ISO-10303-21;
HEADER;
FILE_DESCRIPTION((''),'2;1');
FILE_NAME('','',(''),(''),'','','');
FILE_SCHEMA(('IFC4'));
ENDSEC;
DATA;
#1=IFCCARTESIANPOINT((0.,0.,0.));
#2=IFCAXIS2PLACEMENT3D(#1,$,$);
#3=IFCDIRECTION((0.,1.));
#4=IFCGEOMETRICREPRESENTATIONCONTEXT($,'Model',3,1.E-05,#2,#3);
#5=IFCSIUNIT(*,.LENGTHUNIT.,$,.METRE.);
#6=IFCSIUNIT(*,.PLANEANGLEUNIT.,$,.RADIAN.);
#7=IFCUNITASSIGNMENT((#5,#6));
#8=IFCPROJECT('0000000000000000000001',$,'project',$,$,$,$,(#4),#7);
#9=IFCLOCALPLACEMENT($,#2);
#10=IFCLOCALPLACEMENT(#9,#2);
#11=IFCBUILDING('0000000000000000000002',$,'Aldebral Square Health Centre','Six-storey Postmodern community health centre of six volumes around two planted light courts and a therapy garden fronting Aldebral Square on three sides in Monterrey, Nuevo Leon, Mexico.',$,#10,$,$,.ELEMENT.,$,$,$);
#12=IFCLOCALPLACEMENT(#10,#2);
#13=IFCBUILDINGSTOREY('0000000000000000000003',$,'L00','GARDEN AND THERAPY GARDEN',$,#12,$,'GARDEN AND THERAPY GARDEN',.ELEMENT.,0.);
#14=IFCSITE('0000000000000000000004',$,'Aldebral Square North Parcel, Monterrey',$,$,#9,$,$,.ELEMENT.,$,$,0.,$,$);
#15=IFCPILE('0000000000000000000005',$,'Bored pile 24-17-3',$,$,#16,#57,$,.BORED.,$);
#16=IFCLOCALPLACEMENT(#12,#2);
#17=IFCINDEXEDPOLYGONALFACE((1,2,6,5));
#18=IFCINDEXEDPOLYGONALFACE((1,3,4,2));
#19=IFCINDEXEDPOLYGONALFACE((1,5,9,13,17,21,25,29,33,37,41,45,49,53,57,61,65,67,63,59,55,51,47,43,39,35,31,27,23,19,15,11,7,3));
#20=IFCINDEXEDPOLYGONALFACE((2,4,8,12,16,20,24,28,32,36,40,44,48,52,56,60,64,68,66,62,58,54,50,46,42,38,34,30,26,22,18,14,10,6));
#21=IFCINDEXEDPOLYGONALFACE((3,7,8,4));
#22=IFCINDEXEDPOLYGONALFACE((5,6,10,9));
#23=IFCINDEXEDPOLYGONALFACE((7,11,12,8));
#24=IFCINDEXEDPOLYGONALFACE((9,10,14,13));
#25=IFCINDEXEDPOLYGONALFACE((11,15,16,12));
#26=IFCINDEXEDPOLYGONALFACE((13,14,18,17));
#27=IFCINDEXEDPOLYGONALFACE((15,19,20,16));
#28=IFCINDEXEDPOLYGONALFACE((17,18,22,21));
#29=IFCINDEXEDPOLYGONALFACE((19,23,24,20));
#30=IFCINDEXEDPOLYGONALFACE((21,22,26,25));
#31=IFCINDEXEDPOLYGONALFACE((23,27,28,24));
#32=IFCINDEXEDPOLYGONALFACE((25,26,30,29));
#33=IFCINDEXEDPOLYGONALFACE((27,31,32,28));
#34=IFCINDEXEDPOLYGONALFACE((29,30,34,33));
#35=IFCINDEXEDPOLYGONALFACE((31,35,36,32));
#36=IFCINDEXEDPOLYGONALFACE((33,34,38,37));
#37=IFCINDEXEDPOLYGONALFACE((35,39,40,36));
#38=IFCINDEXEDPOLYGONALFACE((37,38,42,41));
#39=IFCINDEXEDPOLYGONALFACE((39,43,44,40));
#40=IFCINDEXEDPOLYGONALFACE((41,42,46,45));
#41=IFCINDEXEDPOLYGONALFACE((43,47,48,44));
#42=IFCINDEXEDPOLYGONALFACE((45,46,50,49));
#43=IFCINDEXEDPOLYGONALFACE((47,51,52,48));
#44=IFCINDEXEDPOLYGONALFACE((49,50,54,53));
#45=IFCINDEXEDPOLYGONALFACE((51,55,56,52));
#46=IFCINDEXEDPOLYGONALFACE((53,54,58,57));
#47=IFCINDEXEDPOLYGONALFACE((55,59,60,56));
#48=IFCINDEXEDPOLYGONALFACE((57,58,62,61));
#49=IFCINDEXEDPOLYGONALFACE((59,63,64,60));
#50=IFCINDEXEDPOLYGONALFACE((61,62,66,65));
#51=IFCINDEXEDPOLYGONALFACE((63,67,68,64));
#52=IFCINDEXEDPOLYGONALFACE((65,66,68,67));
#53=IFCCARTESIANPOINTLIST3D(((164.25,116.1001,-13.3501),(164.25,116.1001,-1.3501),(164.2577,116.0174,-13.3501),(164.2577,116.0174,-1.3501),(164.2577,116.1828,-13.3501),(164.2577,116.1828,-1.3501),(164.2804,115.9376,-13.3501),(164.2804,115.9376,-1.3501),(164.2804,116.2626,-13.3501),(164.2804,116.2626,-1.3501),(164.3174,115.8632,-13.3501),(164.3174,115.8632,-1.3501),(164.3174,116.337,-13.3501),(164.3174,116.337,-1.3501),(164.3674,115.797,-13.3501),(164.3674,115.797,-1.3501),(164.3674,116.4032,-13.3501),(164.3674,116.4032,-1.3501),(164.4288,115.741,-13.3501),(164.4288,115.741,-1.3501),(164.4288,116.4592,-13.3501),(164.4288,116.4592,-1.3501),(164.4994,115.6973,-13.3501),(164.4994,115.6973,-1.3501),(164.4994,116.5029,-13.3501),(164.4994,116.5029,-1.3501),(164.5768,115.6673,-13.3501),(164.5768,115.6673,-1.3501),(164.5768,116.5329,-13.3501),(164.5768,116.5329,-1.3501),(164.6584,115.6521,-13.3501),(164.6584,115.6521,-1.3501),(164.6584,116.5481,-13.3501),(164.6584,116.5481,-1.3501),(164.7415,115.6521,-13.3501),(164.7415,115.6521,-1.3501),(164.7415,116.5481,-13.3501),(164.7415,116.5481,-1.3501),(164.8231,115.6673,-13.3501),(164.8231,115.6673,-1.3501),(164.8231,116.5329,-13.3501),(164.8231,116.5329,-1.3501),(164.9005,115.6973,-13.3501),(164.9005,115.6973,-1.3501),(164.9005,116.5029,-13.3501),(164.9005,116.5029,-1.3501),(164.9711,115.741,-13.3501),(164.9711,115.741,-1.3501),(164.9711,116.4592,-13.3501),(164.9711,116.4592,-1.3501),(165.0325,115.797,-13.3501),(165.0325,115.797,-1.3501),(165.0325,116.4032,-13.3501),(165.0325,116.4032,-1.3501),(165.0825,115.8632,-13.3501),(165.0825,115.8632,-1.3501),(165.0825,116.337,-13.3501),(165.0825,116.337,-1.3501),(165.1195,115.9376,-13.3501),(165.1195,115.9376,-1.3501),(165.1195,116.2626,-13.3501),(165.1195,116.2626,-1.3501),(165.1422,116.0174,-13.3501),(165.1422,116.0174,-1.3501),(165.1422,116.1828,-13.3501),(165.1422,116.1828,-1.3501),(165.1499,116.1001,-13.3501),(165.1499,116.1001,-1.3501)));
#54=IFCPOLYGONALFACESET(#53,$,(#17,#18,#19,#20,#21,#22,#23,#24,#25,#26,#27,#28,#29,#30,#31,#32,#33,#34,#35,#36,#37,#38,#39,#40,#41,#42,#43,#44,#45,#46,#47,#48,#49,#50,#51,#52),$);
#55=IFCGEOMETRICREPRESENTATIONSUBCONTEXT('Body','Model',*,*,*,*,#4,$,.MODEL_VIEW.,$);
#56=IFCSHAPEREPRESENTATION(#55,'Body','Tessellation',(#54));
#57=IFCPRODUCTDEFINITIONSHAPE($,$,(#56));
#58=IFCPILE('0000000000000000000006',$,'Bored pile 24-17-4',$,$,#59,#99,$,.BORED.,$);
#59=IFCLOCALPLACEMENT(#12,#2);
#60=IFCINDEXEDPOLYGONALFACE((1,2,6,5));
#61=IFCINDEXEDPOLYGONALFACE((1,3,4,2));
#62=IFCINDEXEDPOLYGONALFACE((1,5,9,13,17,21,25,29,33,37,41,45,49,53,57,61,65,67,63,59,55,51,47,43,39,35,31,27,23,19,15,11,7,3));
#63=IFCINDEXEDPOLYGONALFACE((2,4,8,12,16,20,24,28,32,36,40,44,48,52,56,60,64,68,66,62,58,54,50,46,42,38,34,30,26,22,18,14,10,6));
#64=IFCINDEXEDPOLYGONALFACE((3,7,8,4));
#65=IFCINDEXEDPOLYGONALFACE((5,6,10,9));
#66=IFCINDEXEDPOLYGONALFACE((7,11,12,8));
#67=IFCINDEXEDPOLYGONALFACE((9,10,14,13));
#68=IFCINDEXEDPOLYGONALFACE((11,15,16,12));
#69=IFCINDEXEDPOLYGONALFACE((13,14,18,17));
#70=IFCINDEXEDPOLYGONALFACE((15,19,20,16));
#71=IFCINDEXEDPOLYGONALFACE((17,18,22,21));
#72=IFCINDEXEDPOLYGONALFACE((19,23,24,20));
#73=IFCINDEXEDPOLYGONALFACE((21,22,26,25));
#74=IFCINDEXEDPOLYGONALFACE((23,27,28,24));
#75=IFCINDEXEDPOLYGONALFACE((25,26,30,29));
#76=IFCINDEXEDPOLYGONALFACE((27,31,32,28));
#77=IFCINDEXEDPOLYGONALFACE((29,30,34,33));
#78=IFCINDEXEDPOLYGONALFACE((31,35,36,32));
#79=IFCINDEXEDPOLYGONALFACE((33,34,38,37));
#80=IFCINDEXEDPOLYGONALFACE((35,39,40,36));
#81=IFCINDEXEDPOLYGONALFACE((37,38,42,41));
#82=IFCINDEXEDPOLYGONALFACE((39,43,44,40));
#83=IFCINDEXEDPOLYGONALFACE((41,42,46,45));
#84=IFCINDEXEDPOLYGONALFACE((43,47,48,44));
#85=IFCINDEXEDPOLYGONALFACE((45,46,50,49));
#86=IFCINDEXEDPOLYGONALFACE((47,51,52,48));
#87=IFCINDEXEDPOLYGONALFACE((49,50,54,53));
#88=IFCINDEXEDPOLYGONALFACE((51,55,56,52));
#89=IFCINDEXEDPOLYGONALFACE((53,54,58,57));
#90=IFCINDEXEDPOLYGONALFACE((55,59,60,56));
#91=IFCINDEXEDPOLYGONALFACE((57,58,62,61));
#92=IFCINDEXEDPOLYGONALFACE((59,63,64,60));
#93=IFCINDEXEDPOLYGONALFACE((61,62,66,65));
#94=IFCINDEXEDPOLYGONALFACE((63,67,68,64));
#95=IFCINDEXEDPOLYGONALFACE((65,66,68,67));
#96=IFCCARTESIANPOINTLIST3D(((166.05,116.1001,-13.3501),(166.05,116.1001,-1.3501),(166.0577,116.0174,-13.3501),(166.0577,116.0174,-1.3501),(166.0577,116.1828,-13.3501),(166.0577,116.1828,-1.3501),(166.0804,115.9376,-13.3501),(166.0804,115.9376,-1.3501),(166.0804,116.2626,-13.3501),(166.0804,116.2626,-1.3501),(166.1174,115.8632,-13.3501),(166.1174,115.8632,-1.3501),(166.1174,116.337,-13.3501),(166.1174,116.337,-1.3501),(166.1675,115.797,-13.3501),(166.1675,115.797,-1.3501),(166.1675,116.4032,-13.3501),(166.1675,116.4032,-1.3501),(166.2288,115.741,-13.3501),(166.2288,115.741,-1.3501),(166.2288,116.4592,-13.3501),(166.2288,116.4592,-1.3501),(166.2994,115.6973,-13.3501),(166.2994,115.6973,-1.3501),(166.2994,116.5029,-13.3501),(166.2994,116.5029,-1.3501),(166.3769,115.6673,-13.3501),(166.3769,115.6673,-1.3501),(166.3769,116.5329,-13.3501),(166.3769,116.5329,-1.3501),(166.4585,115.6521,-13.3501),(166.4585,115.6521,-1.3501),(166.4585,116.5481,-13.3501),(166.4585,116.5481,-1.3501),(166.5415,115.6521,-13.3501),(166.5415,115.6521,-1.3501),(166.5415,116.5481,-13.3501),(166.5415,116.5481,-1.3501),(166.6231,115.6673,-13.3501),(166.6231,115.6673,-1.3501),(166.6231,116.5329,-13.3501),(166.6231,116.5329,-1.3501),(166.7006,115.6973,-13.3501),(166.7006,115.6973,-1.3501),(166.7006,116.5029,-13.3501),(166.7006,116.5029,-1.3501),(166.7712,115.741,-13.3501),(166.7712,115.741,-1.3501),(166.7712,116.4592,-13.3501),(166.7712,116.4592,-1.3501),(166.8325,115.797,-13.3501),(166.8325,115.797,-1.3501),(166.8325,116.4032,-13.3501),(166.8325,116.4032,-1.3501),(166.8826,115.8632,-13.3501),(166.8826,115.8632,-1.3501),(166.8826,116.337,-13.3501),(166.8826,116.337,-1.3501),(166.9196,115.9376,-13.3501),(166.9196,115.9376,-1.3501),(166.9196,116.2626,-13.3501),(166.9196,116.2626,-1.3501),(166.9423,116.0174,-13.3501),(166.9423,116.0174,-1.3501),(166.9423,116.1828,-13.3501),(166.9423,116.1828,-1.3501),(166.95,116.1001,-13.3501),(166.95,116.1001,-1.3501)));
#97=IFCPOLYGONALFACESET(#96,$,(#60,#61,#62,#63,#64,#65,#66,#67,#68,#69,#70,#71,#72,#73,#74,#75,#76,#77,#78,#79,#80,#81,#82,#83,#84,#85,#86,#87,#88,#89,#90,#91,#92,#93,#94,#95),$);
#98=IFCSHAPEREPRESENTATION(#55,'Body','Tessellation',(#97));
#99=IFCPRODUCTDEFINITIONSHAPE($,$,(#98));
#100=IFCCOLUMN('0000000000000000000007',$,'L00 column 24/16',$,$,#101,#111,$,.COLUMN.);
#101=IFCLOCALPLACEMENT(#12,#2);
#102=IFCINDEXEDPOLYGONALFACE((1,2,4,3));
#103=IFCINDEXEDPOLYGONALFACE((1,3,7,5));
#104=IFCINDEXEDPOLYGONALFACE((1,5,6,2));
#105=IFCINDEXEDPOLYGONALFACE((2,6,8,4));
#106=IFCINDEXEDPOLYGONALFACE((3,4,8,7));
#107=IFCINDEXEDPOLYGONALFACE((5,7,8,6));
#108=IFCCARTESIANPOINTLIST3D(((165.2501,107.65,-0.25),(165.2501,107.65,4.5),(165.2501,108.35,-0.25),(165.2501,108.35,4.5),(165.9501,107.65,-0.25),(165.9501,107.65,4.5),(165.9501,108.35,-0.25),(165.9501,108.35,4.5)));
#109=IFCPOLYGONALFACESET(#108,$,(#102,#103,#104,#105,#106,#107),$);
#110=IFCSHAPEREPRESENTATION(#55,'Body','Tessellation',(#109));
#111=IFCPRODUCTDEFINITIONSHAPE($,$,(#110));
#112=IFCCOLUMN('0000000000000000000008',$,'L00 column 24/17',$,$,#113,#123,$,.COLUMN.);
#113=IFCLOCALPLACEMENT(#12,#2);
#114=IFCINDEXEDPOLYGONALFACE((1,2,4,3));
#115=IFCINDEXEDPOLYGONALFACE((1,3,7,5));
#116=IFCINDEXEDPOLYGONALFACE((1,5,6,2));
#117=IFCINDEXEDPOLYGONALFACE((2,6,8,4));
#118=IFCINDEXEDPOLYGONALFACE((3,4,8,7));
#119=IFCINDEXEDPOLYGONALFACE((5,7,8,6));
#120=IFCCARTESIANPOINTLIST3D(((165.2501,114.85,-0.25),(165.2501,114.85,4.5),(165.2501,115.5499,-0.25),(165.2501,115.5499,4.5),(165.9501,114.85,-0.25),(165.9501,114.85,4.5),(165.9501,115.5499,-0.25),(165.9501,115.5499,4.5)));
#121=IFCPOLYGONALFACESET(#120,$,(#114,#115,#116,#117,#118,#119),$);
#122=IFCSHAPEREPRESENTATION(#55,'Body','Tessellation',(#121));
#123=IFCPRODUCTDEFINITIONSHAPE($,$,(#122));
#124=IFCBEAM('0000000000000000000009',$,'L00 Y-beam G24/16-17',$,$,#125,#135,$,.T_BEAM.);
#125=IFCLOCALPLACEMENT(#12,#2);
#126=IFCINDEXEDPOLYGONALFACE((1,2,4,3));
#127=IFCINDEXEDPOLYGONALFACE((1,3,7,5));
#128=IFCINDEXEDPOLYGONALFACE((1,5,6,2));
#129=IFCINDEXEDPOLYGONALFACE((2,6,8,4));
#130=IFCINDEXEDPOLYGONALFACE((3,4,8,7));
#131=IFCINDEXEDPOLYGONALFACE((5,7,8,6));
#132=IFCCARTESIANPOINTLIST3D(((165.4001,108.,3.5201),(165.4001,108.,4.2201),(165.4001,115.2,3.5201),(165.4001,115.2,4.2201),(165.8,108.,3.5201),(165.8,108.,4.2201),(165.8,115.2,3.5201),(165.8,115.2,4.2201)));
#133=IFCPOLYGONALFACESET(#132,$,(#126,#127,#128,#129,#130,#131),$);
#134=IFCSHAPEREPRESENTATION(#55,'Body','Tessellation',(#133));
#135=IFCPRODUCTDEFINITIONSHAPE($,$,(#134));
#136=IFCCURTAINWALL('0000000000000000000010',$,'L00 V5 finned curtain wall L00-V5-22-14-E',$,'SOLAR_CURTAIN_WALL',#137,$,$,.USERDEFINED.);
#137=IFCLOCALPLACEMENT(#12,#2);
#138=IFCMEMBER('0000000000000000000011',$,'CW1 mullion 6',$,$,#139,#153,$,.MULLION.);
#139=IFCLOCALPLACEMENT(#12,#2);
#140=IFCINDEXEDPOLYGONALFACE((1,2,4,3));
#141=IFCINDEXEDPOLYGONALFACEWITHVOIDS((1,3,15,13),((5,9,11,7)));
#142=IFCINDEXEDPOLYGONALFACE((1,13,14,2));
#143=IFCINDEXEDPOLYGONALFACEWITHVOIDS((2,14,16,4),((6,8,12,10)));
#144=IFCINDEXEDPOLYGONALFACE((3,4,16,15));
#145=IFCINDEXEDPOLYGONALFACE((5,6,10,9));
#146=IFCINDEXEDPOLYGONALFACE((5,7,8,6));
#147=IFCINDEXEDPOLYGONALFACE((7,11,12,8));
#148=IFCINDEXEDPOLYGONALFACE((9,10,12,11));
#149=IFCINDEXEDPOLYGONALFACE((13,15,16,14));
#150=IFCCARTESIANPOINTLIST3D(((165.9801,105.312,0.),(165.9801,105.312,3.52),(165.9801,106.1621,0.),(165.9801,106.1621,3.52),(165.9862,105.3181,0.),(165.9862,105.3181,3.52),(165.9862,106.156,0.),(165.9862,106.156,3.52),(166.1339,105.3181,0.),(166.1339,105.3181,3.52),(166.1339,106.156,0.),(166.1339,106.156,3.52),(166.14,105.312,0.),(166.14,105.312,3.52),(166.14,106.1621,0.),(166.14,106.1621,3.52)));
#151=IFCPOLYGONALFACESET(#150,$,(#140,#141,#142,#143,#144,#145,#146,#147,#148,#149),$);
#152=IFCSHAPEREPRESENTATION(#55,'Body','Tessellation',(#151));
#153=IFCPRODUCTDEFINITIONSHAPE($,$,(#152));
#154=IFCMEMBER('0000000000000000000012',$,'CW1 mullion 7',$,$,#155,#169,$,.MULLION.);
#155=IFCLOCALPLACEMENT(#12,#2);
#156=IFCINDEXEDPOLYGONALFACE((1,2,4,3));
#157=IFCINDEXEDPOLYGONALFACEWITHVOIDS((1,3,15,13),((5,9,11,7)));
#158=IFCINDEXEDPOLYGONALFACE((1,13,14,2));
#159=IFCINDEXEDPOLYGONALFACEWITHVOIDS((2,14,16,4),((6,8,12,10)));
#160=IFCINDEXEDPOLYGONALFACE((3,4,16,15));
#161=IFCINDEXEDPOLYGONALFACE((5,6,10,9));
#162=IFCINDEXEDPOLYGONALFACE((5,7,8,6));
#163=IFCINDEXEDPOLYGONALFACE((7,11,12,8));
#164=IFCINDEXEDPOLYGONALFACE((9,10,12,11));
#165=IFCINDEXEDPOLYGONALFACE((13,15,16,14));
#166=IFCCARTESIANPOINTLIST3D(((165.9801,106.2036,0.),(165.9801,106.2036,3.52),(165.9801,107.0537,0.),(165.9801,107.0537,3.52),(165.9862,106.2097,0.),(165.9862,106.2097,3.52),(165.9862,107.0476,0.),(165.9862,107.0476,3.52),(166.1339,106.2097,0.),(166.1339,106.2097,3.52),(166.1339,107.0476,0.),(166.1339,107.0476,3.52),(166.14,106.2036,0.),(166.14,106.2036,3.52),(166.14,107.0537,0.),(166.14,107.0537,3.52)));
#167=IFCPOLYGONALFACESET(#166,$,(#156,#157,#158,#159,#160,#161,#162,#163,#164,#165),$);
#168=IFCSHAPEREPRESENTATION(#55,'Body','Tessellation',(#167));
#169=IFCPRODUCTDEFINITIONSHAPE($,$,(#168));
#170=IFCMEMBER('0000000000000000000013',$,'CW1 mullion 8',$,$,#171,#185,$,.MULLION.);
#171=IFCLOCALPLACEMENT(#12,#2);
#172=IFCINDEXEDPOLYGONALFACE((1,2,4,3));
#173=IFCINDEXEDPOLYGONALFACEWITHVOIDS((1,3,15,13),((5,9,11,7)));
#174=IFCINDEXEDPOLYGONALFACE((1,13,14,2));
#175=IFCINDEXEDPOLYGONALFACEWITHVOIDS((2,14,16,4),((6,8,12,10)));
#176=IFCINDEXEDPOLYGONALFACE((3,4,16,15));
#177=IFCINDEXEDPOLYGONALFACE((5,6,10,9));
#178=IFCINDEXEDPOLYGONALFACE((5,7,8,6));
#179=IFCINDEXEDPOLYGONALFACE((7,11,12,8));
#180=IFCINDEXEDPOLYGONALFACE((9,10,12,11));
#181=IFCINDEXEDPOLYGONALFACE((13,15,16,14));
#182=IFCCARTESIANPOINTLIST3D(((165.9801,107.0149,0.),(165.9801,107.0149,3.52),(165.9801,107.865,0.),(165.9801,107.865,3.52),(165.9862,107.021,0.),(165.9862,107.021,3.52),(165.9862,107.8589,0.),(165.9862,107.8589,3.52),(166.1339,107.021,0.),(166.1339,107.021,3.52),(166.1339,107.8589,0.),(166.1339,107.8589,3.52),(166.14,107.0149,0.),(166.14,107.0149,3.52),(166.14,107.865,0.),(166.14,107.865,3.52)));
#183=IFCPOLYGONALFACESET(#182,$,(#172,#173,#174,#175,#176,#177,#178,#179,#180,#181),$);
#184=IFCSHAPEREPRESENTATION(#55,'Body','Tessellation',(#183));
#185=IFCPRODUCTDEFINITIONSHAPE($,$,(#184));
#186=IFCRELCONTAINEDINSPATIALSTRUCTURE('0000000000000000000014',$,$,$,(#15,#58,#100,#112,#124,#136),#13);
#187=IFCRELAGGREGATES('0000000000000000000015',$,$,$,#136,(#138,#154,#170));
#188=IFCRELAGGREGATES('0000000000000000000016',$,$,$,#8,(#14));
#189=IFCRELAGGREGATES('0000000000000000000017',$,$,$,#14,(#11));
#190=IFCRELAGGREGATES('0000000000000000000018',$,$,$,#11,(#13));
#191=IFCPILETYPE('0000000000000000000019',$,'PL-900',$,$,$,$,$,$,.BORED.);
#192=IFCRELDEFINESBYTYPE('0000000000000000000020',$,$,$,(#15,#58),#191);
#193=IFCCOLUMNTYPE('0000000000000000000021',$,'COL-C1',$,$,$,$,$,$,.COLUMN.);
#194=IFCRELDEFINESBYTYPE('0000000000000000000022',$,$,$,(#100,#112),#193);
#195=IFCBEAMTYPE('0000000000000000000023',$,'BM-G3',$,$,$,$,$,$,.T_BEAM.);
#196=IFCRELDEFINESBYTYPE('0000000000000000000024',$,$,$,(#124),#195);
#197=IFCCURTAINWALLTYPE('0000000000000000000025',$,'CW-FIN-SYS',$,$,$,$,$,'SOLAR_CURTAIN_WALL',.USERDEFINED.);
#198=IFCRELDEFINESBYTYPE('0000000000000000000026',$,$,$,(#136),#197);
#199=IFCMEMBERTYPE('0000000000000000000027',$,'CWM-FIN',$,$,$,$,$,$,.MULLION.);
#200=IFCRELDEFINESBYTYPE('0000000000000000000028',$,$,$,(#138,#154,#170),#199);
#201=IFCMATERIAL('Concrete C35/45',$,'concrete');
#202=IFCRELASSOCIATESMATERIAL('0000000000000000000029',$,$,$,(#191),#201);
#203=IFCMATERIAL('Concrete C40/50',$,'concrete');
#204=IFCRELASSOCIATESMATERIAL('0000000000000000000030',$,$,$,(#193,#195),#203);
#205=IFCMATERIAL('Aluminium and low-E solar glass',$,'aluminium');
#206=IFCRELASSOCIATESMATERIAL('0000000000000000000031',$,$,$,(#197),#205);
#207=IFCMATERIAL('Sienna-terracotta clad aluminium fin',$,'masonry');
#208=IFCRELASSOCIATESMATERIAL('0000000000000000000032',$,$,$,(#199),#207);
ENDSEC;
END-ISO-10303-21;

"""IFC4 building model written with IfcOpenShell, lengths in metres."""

from ifc_helpers import new_model, si_unit, direction, frame, origin, origin_2d, place, context, subcontext, project, spatial, rectangle, hollow_rectangle, circle, extrude, material, material_profile, profile_set, type_object, element, aggregate, save


model = new_model("IFC4")

# Units and contexts
model_context = context("Model", 3, precision=1e-05, world=origin(), true_north=direction((0.0, 1.0)))
body_context = subcontext(model_context, "Body", "Model", "MODEL_VIEW")
ifc_project = project(units=[si_unit("LENGTHUNIT", "METRE"), si_unit("PLANEANGLEUNIT", "RADIAN")], contexts=[model_context])

# Site, building, storey
site_placement = place(None, origin())
site = spatial("IfcSite", under=ifc_project, at=site_placement, Name="Aldebral Square North Parcel, Monterrey", CompositionType="ELEMENT", RefElevation=0.0)
building_placement = place(site_placement, origin())
building = spatial("IfcBuilding", under=site, at=building_placement, Name="Aldebral Square Health Centre", Description="Six-storey Postmodern community health centre of six volumes around two planted light courts and a therapy garden fronting Aldebral Square on three sides in Monterrey, Nuevo Leon, Mexico.", CompositionType="ELEMENT")
storey_placement = place(building_placement, origin())
storey = spatial("IfcBuildingStorey", under=building, at=storey_placement, Name="L00", Description="GARDEN AND THERAPY GARDEN", LongName="GARDEN AND THERAPY GARDEN", CompositionType="ELEMENT", Elevation=0.0)

# Shared definitions
ifc_material_1 = material(Name="Concrete C35/45", Category="concrete")

# Piles
ifc_material_profile_1 = material_profile(ifc_material_1, circle(Radius=0.45, at=origin_2d()), Name="PILE D900")
ifc_profile_set_1 = profile_set([ifc_material_profile_1], Name="Concrete C35/45")
pile_type = type_object("IfcPileType", Name="PL-900", PredefinedType="BORED", material=ifc_profile_set_1)
for number, where, z_axis, x_axis, name in (
    (1, (164.7, 116.1001, -1.3501), (0.0, 0.0, -1.0), (1.0, 0.0, 0.0), "Bored pile 24-17-3"),
    (2, (166.5, 116.1001, -1.3501), (0.0, 0.0, -1.0), (1.0, 0.0, 0.0), "Bored pile 24-17-4"),
):
    element("IfcPile", number, at=place(storey_placement, frame(where, z_axis=z_axis, x_axis=x_axis)), inside=storey, type_object=pile_type, Name=name, PredefinedType="BORED", context=body_context, shape_type="SweptSolid", body=[
        extrude(circle(Radius=0.45, at=origin_2d()), origin(), (0.0, 0.0, 1.0), 12.0),
    ])

# Columns
ifc_material_2 = material(Name="Concrete C40/50", Category="concrete")
ifc_material_profile_2 = material_profile(ifc_material_2, rectangle(XDim=0.7, YDim=0.7, at=origin_2d()), Name="RC 700x700")
ifc_profile_set_2 = profile_set([ifc_material_profile_2], Name="Concrete C40/50")
column_type = type_object("IfcColumnType", Name="COL-C1", PredefinedType="COLUMN", material=ifc_profile_set_2)
for number, where, z_axis, x_axis, name in (
    (3, (165.6001, 108.0, -0.25), (0.0, 0.0, 1.0), (1.0, 0.0, 0.0), "L00 column 24/16"),
    (4, (165.6001, 115.2, -0.25), (0.0, 0.0, 1.0), (1.0, 0.0, 0.0), "L00 column 24/17"),
):
    element("IfcColumn", number, at=place(storey_placement, frame(where, z_axis=z_axis, x_axis=x_axis)), inside=storey, type_object=column_type, Name=name, PredefinedType="COLUMN", context=body_context, shape_type="SweptSolid", body=[
        extrude(rectangle(XDim=0.7, YDim=0.7, at=origin_2d()), origin(), (0.0, 0.0, 1.0), 4.75),
    ])

# Beam
ifc_material_profile_3 = material_profile(ifc_material_2, rectangle(XDim=0.3999, YDim=0.7, at=origin_2d()), Name="RC 400x700")
ifc_profile_set_3 = profile_set([ifc_material_profile_3], Name="Concrete C40/50")
beam_type = type_object("IfcBeamType", Name="BM-G3", PredefinedType="T_BEAM", material=ifc_profile_set_3)
beam_placement = place(storey_placement, frame((165.6001, 108.0, 3.8701), z_axis=(0.0, 1.0, 0.0), x_axis=(-1.0, 0.0, 0.0)))
element("IfcBeam", 5, at=beam_placement, inside=storey, type_object=beam_type, Name="L00 Y-beam G24/16-17", PredefinedType="T_BEAM", context=body_context, shape_type="SweptSolid", body=[
    extrude(rectangle(XDim=0.3999, YDim=0.7, at=origin_2d()), origin(), (0.0, 0.0, 1.0), 7.2),
])

# Curtain wall, members
ifc_material_3 = material(Name="Aluminium and low-E solar glass", Category="aluminium")
curtain_wall_type = type_object("IfcCurtainWallType", Name="CW-FIN-SYS", ElementType="SOLAR_CURTAIN_WALL", PredefinedType="USERDEFINED", material=ifc_material_3)
curtain_wall_placement = place(storey_placement, origin())
curtain_wall = element("IfcCurtainWall", 6, at=curtain_wall_placement, inside=storey, type_object=curtain_wall_type, Name="L00 V5 finned curtain wall L00-V5-22-14-E", ObjectType="SOLAR_CURTAIN_WALL", PredefinedType="USERDEFINED")
ifc_material_4 = material(Name="Sienna-terracotta clad aluminium fin", Category="masonry")
ifc_material_profile_4 = material_profile(ifc_material_4, hollow_rectangle(XDim=0.1599, YDim=0.8501, WallThickness=0.0061, at=origin_2d()), Name="FIN 160x850x6")
ifc_profile_set_4 = profile_set([ifc_material_profile_4], Name="Sienna-terracotta clad aluminium fin")
member_type_1 = type_object("IfcMemberType", Name="CWM-FIN", PredefinedType="MULLION", material=ifc_profile_set_4)
member_1_placement = place(storey_placement, frame((166.0601, 105.7371, 0.0), z_axis=(0.0, 0.0, 1.0), x_axis=(-1.0, 0.0, 0.0)))
member_1 = element("IfcMember", 7, at=member_1_placement, type_object=member_type_1, Name="CW1 mullion 6", PredefinedType="MULLION", context=body_context, shape_type="SweptSolid", body=[
    extrude(hollow_rectangle(XDim=0.1599, YDim=0.8501, WallThickness=0.0061, at=origin_2d()), origin(), (0.0, 0.0, 1.0), 3.52),
])
member_2_placement = place(storey_placement, frame((166.0601, 106.6287, 0.0), z_axis=(0.0, 0.0, 1.0), x_axis=(-1.0, 0.0, 0.0)))
member_2 = element("IfcMember", 8, at=member_2_placement, type_object=member_type_1, Name="CW1 mullion 7", PredefinedType="MULLION", context=body_context, shape_type="SweptSolid", body=[
    extrude(hollow_rectangle(XDim=0.1599, YDim=0.8501, WallThickness=0.0061, at=origin_2d()), origin(), (0.0, 0.0, 1.0), 3.52),
])
member_3_placement = place(storey_placement, frame((166.0601, 107.4399, 0.0), z_axis=(0.0, 0.0, 1.0), x_axis=(-1.0, 0.0, 0.0)))
member_3 = element("IfcMember", 9, at=member_3_placement, type_object=member_type_1, Name="CW1 mullion 8", PredefinedType="MULLION", context=body_context, shape_type="SweptSolid", body=[
    extrude(hollow_rectangle(XDim=0.1599, YDim=0.8501, WallThickness=0.0061, at=origin_2d()), origin(), (0.0, 0.0, 1.0), 3.52),
])

aggregate(curtain_wall, [member_1, member_2, member_3])

save(model, "model.ifc")
